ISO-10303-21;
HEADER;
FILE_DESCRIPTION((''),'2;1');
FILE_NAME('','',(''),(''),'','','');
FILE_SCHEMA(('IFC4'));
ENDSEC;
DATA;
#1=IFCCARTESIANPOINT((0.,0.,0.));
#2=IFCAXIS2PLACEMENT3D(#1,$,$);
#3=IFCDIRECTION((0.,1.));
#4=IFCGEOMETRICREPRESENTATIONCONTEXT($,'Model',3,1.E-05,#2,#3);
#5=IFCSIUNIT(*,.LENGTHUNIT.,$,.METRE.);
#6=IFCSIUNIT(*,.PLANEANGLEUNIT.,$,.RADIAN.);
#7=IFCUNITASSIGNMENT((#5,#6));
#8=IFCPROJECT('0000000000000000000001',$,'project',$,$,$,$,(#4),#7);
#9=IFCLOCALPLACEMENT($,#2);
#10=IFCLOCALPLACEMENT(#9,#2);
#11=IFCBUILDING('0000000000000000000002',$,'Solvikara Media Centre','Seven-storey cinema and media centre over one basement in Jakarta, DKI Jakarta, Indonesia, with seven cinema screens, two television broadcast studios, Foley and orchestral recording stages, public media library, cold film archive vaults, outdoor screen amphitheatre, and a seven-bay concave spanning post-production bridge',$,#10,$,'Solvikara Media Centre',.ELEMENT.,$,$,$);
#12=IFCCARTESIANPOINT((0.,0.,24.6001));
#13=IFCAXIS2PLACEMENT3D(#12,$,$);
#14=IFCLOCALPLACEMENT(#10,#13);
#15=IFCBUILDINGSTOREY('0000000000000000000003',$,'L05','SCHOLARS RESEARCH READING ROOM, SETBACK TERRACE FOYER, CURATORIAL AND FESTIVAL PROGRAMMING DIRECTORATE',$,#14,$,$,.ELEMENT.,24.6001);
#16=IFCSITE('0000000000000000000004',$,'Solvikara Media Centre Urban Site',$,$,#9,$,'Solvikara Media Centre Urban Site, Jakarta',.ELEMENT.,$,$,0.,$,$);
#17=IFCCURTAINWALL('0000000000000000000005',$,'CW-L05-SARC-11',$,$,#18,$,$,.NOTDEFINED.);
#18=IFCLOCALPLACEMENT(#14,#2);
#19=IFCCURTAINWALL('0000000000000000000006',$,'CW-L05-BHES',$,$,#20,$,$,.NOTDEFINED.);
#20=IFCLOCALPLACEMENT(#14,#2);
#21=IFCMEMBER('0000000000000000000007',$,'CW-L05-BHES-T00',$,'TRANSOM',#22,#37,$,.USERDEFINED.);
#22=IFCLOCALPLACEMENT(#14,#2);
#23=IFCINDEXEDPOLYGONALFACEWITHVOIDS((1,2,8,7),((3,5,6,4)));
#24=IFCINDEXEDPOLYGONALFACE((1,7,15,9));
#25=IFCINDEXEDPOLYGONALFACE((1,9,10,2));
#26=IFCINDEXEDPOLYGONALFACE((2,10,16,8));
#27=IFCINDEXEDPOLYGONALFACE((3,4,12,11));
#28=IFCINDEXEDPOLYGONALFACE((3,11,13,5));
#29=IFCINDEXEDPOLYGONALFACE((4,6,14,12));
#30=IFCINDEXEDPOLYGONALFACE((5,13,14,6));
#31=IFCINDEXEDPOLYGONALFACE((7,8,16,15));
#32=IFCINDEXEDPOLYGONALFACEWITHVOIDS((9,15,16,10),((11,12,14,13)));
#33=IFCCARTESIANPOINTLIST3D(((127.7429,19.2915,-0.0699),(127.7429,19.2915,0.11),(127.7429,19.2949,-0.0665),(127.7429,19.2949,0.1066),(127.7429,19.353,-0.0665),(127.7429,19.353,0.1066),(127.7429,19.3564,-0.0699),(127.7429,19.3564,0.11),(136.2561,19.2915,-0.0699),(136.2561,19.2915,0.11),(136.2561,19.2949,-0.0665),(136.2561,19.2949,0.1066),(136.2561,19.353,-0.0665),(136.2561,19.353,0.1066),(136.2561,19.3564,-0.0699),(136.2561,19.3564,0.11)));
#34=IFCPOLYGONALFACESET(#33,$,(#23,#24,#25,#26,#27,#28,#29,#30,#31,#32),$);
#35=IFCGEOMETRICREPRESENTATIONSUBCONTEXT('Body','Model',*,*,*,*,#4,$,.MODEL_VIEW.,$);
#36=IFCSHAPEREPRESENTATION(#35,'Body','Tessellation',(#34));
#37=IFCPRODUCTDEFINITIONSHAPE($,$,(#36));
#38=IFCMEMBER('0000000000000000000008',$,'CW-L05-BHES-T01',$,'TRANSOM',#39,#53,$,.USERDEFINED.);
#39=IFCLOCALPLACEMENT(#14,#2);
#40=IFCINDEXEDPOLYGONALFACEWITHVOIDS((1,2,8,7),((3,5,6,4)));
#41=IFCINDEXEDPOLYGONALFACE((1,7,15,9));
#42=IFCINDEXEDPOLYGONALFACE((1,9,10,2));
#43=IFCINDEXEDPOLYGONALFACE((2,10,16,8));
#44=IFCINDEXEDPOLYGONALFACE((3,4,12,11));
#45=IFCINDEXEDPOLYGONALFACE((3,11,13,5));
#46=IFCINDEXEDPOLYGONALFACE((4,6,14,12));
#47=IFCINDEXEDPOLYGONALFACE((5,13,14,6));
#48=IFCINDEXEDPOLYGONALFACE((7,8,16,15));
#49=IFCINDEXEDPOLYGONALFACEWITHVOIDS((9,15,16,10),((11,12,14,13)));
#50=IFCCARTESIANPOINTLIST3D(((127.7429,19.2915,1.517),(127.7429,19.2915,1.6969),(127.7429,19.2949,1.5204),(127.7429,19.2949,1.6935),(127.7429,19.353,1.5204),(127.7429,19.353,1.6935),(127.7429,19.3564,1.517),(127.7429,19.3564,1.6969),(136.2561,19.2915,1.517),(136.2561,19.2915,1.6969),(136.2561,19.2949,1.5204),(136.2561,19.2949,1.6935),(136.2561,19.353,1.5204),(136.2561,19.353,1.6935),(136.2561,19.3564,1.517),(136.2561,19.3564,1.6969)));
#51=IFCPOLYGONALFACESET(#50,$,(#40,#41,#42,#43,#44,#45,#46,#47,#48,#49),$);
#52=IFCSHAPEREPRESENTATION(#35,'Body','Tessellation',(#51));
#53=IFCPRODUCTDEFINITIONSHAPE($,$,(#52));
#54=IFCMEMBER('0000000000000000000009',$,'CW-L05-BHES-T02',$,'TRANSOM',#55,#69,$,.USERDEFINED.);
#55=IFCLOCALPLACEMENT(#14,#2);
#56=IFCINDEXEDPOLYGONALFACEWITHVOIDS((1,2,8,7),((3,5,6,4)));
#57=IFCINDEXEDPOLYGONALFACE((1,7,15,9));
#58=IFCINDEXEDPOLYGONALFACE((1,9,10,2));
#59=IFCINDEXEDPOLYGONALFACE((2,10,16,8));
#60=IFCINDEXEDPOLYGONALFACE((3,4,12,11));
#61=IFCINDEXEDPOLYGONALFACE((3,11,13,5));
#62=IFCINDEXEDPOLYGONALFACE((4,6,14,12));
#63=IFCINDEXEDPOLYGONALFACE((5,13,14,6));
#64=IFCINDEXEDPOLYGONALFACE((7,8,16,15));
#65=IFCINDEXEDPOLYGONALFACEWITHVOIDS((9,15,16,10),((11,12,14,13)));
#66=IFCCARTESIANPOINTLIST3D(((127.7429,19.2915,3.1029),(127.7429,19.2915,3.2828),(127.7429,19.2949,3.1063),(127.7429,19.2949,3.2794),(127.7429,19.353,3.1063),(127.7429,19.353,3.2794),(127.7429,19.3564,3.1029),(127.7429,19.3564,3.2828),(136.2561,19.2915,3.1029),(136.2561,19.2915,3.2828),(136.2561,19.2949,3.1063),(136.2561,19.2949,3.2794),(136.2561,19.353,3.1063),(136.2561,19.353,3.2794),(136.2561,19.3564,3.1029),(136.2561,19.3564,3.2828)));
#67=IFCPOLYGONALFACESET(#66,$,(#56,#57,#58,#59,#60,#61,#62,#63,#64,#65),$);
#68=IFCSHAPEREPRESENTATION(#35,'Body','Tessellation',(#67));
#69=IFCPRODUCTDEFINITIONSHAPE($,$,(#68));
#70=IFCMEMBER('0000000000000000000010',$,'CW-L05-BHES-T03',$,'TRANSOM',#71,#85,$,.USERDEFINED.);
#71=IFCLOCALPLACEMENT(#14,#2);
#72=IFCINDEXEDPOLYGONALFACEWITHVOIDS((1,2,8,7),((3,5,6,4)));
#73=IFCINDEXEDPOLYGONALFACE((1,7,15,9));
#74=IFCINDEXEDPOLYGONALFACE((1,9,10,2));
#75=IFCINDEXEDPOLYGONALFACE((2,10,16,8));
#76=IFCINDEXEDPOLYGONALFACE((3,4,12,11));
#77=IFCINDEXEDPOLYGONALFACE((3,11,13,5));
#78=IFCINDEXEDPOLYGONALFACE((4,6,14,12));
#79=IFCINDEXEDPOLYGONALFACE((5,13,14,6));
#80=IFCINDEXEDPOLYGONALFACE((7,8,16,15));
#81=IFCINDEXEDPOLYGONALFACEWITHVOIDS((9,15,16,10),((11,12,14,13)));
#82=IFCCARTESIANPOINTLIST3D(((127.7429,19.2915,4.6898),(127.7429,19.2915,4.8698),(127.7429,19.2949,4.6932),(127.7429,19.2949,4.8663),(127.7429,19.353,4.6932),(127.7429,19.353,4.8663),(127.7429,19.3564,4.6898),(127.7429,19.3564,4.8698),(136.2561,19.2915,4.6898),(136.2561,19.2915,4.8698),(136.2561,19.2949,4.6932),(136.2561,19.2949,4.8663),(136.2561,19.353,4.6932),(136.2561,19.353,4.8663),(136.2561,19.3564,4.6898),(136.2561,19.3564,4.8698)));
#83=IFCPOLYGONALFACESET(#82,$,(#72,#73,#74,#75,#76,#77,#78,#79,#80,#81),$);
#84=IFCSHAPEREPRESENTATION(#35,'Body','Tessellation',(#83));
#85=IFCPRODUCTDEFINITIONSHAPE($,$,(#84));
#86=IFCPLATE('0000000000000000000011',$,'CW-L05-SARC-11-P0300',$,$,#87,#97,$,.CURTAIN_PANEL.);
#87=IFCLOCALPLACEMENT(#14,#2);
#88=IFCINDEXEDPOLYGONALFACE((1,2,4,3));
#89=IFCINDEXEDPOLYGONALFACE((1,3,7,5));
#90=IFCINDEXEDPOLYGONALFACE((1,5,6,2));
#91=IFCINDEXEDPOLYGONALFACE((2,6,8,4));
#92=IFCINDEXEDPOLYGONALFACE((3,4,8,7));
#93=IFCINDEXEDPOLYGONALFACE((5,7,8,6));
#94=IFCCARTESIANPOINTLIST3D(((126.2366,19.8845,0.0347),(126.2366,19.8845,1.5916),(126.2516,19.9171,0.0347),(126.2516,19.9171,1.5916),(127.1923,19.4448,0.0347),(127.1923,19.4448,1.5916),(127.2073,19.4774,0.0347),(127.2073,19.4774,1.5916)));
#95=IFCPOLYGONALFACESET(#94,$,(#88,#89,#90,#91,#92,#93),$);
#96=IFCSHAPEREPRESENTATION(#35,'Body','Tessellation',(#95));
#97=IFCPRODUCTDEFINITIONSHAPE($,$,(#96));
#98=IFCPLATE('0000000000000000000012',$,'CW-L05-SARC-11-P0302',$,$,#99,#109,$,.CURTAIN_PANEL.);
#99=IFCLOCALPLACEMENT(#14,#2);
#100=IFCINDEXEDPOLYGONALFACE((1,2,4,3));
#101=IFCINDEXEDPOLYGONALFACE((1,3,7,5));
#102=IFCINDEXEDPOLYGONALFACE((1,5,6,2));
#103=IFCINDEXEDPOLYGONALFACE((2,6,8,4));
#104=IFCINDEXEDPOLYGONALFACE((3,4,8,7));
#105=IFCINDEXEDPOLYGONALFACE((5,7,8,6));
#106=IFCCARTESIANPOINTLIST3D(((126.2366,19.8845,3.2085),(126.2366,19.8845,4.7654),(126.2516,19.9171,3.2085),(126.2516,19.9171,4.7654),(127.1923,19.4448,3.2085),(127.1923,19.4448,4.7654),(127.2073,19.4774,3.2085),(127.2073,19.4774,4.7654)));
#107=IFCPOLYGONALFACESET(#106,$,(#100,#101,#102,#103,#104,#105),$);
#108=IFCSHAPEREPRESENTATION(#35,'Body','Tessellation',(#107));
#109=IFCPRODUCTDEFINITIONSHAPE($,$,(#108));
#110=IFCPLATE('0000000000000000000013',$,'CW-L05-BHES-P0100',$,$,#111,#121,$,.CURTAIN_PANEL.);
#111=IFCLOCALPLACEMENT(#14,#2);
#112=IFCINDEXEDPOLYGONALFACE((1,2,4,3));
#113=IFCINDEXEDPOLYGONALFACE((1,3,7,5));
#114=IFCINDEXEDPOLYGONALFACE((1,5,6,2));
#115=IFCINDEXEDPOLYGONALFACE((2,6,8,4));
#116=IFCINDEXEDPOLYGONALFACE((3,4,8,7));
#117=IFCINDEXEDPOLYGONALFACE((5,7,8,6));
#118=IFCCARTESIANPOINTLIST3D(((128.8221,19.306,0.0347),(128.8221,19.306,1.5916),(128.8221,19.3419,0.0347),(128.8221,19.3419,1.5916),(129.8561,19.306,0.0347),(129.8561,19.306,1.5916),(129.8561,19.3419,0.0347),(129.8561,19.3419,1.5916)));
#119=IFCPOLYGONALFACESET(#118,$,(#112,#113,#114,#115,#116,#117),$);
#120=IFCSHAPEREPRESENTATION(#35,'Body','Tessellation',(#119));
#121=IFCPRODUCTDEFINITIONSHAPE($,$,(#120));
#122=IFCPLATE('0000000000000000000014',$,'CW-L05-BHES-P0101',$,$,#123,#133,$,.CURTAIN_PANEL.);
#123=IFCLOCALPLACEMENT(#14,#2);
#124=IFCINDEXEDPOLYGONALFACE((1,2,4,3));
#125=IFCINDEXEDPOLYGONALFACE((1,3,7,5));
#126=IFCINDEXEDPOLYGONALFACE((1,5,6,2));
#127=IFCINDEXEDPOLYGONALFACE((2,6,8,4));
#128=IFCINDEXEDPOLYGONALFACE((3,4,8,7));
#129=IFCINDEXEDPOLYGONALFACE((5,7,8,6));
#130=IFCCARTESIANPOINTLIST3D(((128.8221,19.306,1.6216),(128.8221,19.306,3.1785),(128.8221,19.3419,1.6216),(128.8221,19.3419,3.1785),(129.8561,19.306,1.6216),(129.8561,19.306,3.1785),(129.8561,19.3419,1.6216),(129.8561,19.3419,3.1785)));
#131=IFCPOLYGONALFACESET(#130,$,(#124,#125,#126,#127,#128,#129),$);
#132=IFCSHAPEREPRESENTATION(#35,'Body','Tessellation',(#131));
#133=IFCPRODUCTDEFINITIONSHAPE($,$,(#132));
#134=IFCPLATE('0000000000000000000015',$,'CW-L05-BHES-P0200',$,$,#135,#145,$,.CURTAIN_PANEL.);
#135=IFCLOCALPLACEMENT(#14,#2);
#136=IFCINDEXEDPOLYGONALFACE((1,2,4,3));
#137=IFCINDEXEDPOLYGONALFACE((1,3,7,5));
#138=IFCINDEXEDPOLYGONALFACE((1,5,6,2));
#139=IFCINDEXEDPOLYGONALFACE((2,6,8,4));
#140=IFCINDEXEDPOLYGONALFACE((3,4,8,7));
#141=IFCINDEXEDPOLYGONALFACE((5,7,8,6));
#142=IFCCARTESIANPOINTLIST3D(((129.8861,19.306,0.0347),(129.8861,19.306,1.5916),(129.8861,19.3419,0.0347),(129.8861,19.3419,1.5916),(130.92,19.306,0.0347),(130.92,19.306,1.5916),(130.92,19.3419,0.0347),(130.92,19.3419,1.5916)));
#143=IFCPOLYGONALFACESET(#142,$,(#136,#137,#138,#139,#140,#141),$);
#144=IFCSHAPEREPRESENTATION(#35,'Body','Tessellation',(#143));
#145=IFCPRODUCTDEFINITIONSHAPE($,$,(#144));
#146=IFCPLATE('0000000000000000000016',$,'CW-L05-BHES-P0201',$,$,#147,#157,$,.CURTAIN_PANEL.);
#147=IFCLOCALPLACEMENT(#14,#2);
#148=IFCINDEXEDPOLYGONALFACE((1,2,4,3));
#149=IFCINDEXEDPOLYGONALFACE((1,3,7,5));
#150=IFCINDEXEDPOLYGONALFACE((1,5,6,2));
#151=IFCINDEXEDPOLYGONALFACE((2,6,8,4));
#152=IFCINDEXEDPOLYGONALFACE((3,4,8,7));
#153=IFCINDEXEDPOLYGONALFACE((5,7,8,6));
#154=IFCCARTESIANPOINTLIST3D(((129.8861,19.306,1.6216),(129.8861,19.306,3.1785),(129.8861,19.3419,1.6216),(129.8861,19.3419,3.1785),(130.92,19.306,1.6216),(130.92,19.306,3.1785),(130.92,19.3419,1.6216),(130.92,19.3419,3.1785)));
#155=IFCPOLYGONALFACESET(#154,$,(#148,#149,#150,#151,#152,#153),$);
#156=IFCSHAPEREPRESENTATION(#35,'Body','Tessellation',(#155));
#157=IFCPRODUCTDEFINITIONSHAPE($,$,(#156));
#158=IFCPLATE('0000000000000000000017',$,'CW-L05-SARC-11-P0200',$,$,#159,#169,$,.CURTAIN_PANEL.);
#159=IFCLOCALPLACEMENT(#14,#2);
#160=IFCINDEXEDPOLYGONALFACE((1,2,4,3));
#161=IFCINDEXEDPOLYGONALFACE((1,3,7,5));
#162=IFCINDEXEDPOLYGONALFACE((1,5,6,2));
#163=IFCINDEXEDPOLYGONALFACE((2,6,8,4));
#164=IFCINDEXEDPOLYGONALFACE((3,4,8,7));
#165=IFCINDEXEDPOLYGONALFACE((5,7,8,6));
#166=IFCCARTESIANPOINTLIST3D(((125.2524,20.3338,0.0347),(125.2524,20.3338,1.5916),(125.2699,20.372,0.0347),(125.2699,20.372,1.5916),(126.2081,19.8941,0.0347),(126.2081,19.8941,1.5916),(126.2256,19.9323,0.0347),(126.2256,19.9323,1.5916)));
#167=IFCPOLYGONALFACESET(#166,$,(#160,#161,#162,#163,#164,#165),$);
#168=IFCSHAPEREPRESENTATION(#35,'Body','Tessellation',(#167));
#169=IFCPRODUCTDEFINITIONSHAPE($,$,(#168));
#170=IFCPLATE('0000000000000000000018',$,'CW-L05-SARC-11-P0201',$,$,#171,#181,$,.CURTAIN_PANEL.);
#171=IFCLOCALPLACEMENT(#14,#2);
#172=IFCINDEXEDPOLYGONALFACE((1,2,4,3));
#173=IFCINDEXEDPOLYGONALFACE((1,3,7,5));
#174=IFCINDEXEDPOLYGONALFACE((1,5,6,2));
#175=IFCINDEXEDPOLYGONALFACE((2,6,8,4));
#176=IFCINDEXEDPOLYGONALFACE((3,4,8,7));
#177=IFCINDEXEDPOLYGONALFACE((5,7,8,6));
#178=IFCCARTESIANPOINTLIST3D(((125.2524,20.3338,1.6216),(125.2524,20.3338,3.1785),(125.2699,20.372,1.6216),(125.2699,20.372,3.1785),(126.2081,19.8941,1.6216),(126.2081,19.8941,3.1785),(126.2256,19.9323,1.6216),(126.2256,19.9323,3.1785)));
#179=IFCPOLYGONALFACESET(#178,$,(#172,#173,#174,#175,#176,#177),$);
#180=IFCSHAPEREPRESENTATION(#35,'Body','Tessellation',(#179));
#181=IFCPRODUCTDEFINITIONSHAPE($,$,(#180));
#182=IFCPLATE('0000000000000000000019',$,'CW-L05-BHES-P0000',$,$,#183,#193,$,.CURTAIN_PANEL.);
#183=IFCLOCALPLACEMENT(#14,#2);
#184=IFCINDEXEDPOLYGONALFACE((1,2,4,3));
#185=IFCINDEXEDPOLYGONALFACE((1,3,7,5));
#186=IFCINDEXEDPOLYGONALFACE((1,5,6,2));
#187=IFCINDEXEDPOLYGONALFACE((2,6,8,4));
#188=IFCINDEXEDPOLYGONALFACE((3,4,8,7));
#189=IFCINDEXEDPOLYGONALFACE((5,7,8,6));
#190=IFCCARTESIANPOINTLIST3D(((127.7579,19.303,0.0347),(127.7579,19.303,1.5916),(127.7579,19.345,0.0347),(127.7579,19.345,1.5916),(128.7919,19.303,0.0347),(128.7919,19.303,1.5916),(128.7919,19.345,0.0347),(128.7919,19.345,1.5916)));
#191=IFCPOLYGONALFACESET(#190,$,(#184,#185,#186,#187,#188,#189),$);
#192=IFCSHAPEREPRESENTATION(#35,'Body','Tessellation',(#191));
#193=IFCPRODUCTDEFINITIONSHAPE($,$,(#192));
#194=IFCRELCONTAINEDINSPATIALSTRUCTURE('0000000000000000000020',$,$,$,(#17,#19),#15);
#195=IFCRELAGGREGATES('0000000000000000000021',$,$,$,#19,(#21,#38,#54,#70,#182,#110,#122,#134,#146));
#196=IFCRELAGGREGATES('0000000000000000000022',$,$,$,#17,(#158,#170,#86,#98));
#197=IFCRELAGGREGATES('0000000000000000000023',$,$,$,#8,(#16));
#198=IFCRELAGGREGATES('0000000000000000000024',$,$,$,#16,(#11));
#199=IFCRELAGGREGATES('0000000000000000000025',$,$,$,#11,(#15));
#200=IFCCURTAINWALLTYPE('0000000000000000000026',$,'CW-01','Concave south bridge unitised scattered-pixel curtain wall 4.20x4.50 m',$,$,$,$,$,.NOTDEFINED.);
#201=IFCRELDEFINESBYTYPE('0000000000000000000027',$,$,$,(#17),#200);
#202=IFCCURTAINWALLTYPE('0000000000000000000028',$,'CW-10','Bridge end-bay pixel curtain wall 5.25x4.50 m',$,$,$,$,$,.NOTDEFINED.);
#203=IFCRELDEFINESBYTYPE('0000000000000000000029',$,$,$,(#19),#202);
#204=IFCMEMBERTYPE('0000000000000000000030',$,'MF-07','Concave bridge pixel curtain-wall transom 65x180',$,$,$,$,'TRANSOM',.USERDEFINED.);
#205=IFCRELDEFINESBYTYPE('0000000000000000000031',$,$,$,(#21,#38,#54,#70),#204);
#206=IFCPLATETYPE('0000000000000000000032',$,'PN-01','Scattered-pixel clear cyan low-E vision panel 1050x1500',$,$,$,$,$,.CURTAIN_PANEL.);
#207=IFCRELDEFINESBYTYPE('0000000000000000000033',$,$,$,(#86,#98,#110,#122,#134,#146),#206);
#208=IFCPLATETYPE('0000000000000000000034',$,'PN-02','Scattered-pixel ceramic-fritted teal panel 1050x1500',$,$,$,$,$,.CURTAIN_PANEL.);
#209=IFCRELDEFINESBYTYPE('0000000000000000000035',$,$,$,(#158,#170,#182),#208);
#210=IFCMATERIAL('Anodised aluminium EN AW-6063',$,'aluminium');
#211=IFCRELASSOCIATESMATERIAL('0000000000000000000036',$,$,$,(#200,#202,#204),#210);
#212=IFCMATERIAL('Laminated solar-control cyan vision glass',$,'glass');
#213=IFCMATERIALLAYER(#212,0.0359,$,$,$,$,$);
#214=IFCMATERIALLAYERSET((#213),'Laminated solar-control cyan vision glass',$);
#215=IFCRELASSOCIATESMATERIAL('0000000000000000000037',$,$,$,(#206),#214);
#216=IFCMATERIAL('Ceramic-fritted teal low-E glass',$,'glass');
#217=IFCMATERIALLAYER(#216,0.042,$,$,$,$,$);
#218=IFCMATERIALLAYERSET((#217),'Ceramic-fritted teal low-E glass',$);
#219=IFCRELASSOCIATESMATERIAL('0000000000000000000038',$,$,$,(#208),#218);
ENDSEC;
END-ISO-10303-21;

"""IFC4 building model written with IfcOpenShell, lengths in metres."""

from ifc_helpers import new_model, si_unit, direction, frame, origin, origin_2d, place, context, subcontext, project, spatial, rectangle, hollow_rectangle, extrude, material, layer, layer_set, material_profile, profile_set, type_object, element, aggregate, save


model = new_model("IFC4")

# Units and contexts
model_context = context("Model", 3, precision=1e-05, world=origin(), true_north=direction((0.0, 1.0)))
body_context = subcontext(model_context, "Body", "Model", "MODEL_VIEW")
ifc_project = project(units=[si_unit("LENGTHUNIT", "METRE"), si_unit("PLANEANGLEUNIT", "RADIAN")], contexts=[model_context])

# Site, building, storey
site_placement = place(None, origin())
site = spatial("IfcSite", under=ifc_project, at=site_placement, Name="Solvikara Media Centre Urban Site", LongName="Solvikara Media Centre Urban Site, Jakarta", CompositionType="ELEMENT", RefElevation=0.0)
building_placement = place(site_placement, origin())
building = spatial("IfcBuilding", under=site, at=building_placement, Name="Solvikara Media Centre", Description="Seven-storey cinema and media centre over one basement in Jakarta, DKI Jakarta, Indonesia, with seven cinema screens, two television broadcast studios, Foley and orchestral recording stages, public media library, cold film archive vaults, outdoor screen amphitheatre, and a seven-bay concave spanning post-production bridge", LongName="Solvikara Media Centre", CompositionType="ELEMENT")
storey_placement = place(building_placement, frame((0.0, 0.0, 24.6001)))
storey = spatial("IfcBuildingStorey", under=building, at=storey_placement, Name="L05", Description="SCHOLARS RESEARCH READING ROOM, SETBACK TERRACE FOYER, CURATORIAL AND FESTIVAL PROGRAMMING DIRECTORATE", CompositionType="ELEMENT", Elevation=24.6001)

# Curtain walls, members
ifc_material_1 = material(Name="Anodised aluminium EN AW-6063", Category="aluminium")
curtain_wall_type_1 = type_object("IfcCurtainWallType", Name="CW-01", Description="Concave south bridge unitised scattered-pixel curtain wall 4.20x4.50 m", PredefinedType="NOTDEFINED", material=ifc_material_1)
curtain_wall_1_placement = place(storey_placement, origin())
curtain_wall_1 = element("IfcCurtainWall", 1, at=curtain_wall_1_placement, inside=storey, type_object=curtain_wall_type_1, Name="CW-L05-SARC-11", PredefinedType="NOTDEFINED")
curtain_wall_type_2 = type_object("IfcCurtainWallType", Name="CW-10", Description="Bridge end-bay pixel curtain wall 5.25x4.50 m", PredefinedType="NOTDEFINED", material=ifc_material_1)
curtain_wall_2_placement = place(storey_placement, origin())
curtain_wall_2 = element("IfcCurtainWall", 2, at=curtain_wall_2_placement, inside=storey, type_object=curtain_wall_type_2, Name="CW-L05-BHES", PredefinedType="NOTDEFINED")
ifc_material_profile_1 = material_profile(ifc_material_1, hollow_rectangle(XDim=0.0649, YDim=0.1799, WallThickness=0.0034, at=origin_2d()), Name="ALU-T 65x180x3.5")
ifc_profile_set_1 = profile_set([ifc_material_profile_1], Name="Anodised aluminium EN AW-6063")
member_type_1 = type_object("IfcMemberType", Name="MF-07", Description="Concave bridge pixel curtain-wall transom 65x180", ElementType="TRANSOM", PredefinedType="USERDEFINED", material=ifc_profile_set_1)
member_1_placement = place(storey_placement, frame((127.7429, 19.324, 0.02), z_axis=(1.0, 0.0, 0.0), x_axis=(0.0, 1.0, 0.0)))
member_1 = element("IfcMember", 3, at=member_1_placement, type_object=member_type_1, Name="CW-L05-BHES-T00", ObjectType="TRANSOM", PredefinedType="USERDEFINED", context=body_context, shape_type="SweptSolid", body=[
    extrude(hollow_rectangle(XDim=0.0649, YDim=0.1799, WallThickness=0.0034, at=origin_2d()), origin(), (0.0, 0.0, 1.0), 8.5132),
])
member_2_placement = place(storey_placement, frame((127.7429, 19.324, 1.6069), z_axis=(1.0, 0.0, 0.0), x_axis=(0.0, 1.0, 0.0)))
member_2 = element("IfcMember", 4, at=member_2_placement, type_object=member_type_1, Name="CW-L05-BHES-T01", ObjectType="TRANSOM", PredefinedType="USERDEFINED", context=body_context, shape_type="SweptSolid", body=[
    extrude(hollow_rectangle(XDim=0.0649, YDim=0.1799, WallThickness=0.0034, at=origin_2d()), origin(), (0.0, 0.0, 1.0), 8.5132),
])
member_3_placement = place(storey_placement, frame((127.7429, 19.324, 3.1929), z_axis=(1.0, 0.0, 0.0), x_axis=(0.0, 1.0, 0.0)))
member_3 = element("IfcMember", 5, at=member_3_placement, type_object=member_type_1, Name="CW-L05-BHES-T02", ObjectType="TRANSOM", PredefinedType="USERDEFINED", context=body_context, shape_type="SweptSolid", body=[
    extrude(hollow_rectangle(XDim=0.0649, YDim=0.1799, WallThickness=0.0034, at=origin_2d()), origin(), (0.0, 0.0, 1.0), 8.5132),
])
member_4_placement = place(storey_placement, frame((127.7429, 19.324, 4.7798), z_axis=(1.0, 0.0, 0.0), x_axis=(0.0, 1.0, 0.0)))
member_4 = element("IfcMember", 6, at=member_4_placement, type_object=member_type_1, Name="CW-L05-BHES-T03", ObjectType="TRANSOM", PredefinedType="USERDEFINED", context=body_context, shape_type="SweptSolid", body=[
    extrude(hollow_rectangle(XDim=0.0649, YDim=0.1799, WallThickness=0.0034, at=origin_2d()), origin(), (0.0, 0.0, 1.0), 8.5132),
])

# Plates
ifc_material_2 = material(Name="Laminated solar-control cyan vision glass", Category="glass")
ifc_layer_1 = layer(ifc_material_2, 0.0359)
ifc_layer_set_1 = layer_set([ifc_layer_1], Name="Laminated solar-control cyan vision glass")
plate_type_1 = type_object("IfcPlateType", Name="PN-01", Description="Scattered-pixel clear cyan low-E vision panel 1050x1500", PredefinedType="CURTAIN_PANEL", material=ifc_layer_set_1)
plate_1_placement = place(storey_placement, frame((126.7219, 19.6809, 0.0347), z_axis=(0.0, 0.0, 1.0), x_axis=(0.908464, -0.417962, 0.0)))
plate_1 = element("IfcPlate", 7, at=plate_1_placement, type_object=plate_type_1, Name="CW-L05-SARC-11-P0300", PredefinedType="CURTAIN_PANEL", context=body_context, shape_type="SweptSolid", body=[
    extrude(rectangle(XDim=1.052, YDim=0.0359, at=origin_2d()), origin(), (0.0, 0.0, 1.0), 1.5569),
])
plate_2_placement = place(storey_placement, frame((126.7219, 19.6809, 3.2085), z_axis=(0.0, 0.0, 1.0), x_axis=(0.908464, -0.417962, 0.0)))
plate_2 = element("IfcPlate", 8, at=plate_2_placement, type_object=plate_type_1, Name="CW-L05-SARC-11-P0302", PredefinedType="CURTAIN_PANEL", context=body_context, shape_type="SweptSolid", body=[
    extrude(rectangle(XDim=1.052, YDim=0.0359, at=origin_2d()), origin(), (0.0, 0.0, 1.0), 1.5569),
])
plate_3_placement = place(storey_placement, frame((129.3391, 19.324, 0.0347), z_axis=(0.0, 0.0, 1.0), x_axis=(1.0, 0.0, 0.0)))
plate_3 = element("IfcPlate", 9, at=plate_3_placement, type_object=plate_type_1, Name="CW-L05-BHES-P0100", PredefinedType="CURTAIN_PANEL", context=body_context, shape_type="SweptSolid", body=[
    extrude(rectangle(XDim=1.0339, YDim=0.0359, at=origin_2d()), origin(), (0.0, 0.0, 1.0), 1.5569),
])
plate_4_placement = place(storey_placement, frame((129.3391, 19.324, 1.6216), z_axis=(0.0, 0.0, 1.0), x_axis=(1.0, 0.0, 0.0)))
plate_4 = element("IfcPlate", 10, at=plate_4_placement, type_object=plate_type_1, Name="CW-L05-BHES-P0101", PredefinedType="CURTAIN_PANEL", context=body_context, shape_type="SweptSolid", body=[
    extrude(rectangle(XDim=1.0339, YDim=0.0359, at=origin_2d()), origin(), (0.0, 0.0, 1.0), 1.5569),
])
plate_5_placement = place(storey_placement, frame((130.4031, 19.324, 0.0347), z_axis=(0.0, 0.0, 1.0), x_axis=(1.0, 0.0, 0.0)))
plate_5 = element("IfcPlate", 11, at=plate_5_placement, type_object=plate_type_1, Name="CW-L05-BHES-P0200", PredefinedType="CURTAIN_PANEL", context=body_context, shape_type="SweptSolid", body=[
    extrude(rectangle(XDim=1.0339, YDim=0.0359, at=origin_2d()), origin(), (0.0, 0.0, 1.0), 1.5569),
])
plate_6_placement = place(storey_placement, frame((130.4031, 19.324, 1.6216), z_axis=(0.0, 0.0, 1.0), x_axis=(1.0, 0.0, 0.0)))
plate_6 = element("IfcPlate", 12, at=plate_6_placement, type_object=plate_type_1, Name="CW-L05-BHES-P0201", PredefinedType="CURTAIN_PANEL", context=body_context, shape_type="SweptSolid", body=[
    extrude(rectangle(XDim=1.0339, YDim=0.0359, at=origin_2d()), origin(), (0.0, 0.0, 1.0), 1.5569),
])
ifc_material_3 = material(Name="Ceramic-fritted teal low-E glass", Category="glass")
ifc_layer_2 = layer(ifc_material_3, 0.042)
ifc_layer_set_2 = layer_set([ifc_layer_2], Name="Ceramic-fritted teal low-E glass")
plate_type_2 = type_object("IfcPlateType", Name="PN-02", Description="Scattered-pixel ceramic-fritted teal panel 1050x1500", PredefinedType="CURTAIN_PANEL", material=ifc_layer_set_2)
plate_7_placement = place(storey_placement, frame((125.739, 20.1331, 0.0347), z_axis=(0.0, 0.0, 1.0), x_axis=(0.908464, -0.417962, 0.0)))
plate_7 = element("IfcPlate", 13, at=plate_7_placement, type_object=plate_type_2, Name="CW-L05-SARC-11-P0200", PredefinedType="CURTAIN_PANEL", context=body_context, shape_type="SweptSolid", body=[
    extrude(rectangle(XDim=1.052, YDim=0.042, at=origin_2d()), origin(), (0.0, 0.0, 1.0), 1.5569),
])
plate_8_placement = place(storey_placement, frame((125.739, 20.1331, 1.6216), z_axis=(0.0, 0.0, 1.0), x_axis=(0.908464, -0.417962, 0.0)))
plate_8 = element("IfcPlate", 14, at=plate_8_placement, type_object=plate_type_2, Name="CW-L05-SARC-11-P0201", PredefinedType="CURTAIN_PANEL", context=body_context, shape_type="SweptSolid", body=[
    extrude(rectangle(XDim=1.052, YDim=0.042, at=origin_2d()), origin(), (0.0, 0.0, 1.0), 1.5569),
])
plate_9_placement = place(storey_placement, frame((128.2749, 19.324, 0.0347), z_axis=(0.0, 0.0, 1.0), x_axis=(1.0, 0.0, 0.0)))
plate_9 = element("IfcPlate", 15, at=plate_9_placement, type_object=plate_type_2, Name="CW-L05-BHES-P0000", PredefinedType="CURTAIN_PANEL", context=body_context, shape_type="SweptSolid", body=[
    extrude(rectangle(XDim=1.0339, YDim=0.042, at=origin_2d()), origin(), (0.0, 0.0, 1.0), 1.5569),
])
aggregate(curtain_wall_2, [member_1, member_2, member_3, member_4, plate_9, plate_3, plate_4, plate_5, plate_6])
aggregate(curtain_wall_1, [plate_7, plate_8, plate_1, plate_2])

save(model, "model.ifc")
